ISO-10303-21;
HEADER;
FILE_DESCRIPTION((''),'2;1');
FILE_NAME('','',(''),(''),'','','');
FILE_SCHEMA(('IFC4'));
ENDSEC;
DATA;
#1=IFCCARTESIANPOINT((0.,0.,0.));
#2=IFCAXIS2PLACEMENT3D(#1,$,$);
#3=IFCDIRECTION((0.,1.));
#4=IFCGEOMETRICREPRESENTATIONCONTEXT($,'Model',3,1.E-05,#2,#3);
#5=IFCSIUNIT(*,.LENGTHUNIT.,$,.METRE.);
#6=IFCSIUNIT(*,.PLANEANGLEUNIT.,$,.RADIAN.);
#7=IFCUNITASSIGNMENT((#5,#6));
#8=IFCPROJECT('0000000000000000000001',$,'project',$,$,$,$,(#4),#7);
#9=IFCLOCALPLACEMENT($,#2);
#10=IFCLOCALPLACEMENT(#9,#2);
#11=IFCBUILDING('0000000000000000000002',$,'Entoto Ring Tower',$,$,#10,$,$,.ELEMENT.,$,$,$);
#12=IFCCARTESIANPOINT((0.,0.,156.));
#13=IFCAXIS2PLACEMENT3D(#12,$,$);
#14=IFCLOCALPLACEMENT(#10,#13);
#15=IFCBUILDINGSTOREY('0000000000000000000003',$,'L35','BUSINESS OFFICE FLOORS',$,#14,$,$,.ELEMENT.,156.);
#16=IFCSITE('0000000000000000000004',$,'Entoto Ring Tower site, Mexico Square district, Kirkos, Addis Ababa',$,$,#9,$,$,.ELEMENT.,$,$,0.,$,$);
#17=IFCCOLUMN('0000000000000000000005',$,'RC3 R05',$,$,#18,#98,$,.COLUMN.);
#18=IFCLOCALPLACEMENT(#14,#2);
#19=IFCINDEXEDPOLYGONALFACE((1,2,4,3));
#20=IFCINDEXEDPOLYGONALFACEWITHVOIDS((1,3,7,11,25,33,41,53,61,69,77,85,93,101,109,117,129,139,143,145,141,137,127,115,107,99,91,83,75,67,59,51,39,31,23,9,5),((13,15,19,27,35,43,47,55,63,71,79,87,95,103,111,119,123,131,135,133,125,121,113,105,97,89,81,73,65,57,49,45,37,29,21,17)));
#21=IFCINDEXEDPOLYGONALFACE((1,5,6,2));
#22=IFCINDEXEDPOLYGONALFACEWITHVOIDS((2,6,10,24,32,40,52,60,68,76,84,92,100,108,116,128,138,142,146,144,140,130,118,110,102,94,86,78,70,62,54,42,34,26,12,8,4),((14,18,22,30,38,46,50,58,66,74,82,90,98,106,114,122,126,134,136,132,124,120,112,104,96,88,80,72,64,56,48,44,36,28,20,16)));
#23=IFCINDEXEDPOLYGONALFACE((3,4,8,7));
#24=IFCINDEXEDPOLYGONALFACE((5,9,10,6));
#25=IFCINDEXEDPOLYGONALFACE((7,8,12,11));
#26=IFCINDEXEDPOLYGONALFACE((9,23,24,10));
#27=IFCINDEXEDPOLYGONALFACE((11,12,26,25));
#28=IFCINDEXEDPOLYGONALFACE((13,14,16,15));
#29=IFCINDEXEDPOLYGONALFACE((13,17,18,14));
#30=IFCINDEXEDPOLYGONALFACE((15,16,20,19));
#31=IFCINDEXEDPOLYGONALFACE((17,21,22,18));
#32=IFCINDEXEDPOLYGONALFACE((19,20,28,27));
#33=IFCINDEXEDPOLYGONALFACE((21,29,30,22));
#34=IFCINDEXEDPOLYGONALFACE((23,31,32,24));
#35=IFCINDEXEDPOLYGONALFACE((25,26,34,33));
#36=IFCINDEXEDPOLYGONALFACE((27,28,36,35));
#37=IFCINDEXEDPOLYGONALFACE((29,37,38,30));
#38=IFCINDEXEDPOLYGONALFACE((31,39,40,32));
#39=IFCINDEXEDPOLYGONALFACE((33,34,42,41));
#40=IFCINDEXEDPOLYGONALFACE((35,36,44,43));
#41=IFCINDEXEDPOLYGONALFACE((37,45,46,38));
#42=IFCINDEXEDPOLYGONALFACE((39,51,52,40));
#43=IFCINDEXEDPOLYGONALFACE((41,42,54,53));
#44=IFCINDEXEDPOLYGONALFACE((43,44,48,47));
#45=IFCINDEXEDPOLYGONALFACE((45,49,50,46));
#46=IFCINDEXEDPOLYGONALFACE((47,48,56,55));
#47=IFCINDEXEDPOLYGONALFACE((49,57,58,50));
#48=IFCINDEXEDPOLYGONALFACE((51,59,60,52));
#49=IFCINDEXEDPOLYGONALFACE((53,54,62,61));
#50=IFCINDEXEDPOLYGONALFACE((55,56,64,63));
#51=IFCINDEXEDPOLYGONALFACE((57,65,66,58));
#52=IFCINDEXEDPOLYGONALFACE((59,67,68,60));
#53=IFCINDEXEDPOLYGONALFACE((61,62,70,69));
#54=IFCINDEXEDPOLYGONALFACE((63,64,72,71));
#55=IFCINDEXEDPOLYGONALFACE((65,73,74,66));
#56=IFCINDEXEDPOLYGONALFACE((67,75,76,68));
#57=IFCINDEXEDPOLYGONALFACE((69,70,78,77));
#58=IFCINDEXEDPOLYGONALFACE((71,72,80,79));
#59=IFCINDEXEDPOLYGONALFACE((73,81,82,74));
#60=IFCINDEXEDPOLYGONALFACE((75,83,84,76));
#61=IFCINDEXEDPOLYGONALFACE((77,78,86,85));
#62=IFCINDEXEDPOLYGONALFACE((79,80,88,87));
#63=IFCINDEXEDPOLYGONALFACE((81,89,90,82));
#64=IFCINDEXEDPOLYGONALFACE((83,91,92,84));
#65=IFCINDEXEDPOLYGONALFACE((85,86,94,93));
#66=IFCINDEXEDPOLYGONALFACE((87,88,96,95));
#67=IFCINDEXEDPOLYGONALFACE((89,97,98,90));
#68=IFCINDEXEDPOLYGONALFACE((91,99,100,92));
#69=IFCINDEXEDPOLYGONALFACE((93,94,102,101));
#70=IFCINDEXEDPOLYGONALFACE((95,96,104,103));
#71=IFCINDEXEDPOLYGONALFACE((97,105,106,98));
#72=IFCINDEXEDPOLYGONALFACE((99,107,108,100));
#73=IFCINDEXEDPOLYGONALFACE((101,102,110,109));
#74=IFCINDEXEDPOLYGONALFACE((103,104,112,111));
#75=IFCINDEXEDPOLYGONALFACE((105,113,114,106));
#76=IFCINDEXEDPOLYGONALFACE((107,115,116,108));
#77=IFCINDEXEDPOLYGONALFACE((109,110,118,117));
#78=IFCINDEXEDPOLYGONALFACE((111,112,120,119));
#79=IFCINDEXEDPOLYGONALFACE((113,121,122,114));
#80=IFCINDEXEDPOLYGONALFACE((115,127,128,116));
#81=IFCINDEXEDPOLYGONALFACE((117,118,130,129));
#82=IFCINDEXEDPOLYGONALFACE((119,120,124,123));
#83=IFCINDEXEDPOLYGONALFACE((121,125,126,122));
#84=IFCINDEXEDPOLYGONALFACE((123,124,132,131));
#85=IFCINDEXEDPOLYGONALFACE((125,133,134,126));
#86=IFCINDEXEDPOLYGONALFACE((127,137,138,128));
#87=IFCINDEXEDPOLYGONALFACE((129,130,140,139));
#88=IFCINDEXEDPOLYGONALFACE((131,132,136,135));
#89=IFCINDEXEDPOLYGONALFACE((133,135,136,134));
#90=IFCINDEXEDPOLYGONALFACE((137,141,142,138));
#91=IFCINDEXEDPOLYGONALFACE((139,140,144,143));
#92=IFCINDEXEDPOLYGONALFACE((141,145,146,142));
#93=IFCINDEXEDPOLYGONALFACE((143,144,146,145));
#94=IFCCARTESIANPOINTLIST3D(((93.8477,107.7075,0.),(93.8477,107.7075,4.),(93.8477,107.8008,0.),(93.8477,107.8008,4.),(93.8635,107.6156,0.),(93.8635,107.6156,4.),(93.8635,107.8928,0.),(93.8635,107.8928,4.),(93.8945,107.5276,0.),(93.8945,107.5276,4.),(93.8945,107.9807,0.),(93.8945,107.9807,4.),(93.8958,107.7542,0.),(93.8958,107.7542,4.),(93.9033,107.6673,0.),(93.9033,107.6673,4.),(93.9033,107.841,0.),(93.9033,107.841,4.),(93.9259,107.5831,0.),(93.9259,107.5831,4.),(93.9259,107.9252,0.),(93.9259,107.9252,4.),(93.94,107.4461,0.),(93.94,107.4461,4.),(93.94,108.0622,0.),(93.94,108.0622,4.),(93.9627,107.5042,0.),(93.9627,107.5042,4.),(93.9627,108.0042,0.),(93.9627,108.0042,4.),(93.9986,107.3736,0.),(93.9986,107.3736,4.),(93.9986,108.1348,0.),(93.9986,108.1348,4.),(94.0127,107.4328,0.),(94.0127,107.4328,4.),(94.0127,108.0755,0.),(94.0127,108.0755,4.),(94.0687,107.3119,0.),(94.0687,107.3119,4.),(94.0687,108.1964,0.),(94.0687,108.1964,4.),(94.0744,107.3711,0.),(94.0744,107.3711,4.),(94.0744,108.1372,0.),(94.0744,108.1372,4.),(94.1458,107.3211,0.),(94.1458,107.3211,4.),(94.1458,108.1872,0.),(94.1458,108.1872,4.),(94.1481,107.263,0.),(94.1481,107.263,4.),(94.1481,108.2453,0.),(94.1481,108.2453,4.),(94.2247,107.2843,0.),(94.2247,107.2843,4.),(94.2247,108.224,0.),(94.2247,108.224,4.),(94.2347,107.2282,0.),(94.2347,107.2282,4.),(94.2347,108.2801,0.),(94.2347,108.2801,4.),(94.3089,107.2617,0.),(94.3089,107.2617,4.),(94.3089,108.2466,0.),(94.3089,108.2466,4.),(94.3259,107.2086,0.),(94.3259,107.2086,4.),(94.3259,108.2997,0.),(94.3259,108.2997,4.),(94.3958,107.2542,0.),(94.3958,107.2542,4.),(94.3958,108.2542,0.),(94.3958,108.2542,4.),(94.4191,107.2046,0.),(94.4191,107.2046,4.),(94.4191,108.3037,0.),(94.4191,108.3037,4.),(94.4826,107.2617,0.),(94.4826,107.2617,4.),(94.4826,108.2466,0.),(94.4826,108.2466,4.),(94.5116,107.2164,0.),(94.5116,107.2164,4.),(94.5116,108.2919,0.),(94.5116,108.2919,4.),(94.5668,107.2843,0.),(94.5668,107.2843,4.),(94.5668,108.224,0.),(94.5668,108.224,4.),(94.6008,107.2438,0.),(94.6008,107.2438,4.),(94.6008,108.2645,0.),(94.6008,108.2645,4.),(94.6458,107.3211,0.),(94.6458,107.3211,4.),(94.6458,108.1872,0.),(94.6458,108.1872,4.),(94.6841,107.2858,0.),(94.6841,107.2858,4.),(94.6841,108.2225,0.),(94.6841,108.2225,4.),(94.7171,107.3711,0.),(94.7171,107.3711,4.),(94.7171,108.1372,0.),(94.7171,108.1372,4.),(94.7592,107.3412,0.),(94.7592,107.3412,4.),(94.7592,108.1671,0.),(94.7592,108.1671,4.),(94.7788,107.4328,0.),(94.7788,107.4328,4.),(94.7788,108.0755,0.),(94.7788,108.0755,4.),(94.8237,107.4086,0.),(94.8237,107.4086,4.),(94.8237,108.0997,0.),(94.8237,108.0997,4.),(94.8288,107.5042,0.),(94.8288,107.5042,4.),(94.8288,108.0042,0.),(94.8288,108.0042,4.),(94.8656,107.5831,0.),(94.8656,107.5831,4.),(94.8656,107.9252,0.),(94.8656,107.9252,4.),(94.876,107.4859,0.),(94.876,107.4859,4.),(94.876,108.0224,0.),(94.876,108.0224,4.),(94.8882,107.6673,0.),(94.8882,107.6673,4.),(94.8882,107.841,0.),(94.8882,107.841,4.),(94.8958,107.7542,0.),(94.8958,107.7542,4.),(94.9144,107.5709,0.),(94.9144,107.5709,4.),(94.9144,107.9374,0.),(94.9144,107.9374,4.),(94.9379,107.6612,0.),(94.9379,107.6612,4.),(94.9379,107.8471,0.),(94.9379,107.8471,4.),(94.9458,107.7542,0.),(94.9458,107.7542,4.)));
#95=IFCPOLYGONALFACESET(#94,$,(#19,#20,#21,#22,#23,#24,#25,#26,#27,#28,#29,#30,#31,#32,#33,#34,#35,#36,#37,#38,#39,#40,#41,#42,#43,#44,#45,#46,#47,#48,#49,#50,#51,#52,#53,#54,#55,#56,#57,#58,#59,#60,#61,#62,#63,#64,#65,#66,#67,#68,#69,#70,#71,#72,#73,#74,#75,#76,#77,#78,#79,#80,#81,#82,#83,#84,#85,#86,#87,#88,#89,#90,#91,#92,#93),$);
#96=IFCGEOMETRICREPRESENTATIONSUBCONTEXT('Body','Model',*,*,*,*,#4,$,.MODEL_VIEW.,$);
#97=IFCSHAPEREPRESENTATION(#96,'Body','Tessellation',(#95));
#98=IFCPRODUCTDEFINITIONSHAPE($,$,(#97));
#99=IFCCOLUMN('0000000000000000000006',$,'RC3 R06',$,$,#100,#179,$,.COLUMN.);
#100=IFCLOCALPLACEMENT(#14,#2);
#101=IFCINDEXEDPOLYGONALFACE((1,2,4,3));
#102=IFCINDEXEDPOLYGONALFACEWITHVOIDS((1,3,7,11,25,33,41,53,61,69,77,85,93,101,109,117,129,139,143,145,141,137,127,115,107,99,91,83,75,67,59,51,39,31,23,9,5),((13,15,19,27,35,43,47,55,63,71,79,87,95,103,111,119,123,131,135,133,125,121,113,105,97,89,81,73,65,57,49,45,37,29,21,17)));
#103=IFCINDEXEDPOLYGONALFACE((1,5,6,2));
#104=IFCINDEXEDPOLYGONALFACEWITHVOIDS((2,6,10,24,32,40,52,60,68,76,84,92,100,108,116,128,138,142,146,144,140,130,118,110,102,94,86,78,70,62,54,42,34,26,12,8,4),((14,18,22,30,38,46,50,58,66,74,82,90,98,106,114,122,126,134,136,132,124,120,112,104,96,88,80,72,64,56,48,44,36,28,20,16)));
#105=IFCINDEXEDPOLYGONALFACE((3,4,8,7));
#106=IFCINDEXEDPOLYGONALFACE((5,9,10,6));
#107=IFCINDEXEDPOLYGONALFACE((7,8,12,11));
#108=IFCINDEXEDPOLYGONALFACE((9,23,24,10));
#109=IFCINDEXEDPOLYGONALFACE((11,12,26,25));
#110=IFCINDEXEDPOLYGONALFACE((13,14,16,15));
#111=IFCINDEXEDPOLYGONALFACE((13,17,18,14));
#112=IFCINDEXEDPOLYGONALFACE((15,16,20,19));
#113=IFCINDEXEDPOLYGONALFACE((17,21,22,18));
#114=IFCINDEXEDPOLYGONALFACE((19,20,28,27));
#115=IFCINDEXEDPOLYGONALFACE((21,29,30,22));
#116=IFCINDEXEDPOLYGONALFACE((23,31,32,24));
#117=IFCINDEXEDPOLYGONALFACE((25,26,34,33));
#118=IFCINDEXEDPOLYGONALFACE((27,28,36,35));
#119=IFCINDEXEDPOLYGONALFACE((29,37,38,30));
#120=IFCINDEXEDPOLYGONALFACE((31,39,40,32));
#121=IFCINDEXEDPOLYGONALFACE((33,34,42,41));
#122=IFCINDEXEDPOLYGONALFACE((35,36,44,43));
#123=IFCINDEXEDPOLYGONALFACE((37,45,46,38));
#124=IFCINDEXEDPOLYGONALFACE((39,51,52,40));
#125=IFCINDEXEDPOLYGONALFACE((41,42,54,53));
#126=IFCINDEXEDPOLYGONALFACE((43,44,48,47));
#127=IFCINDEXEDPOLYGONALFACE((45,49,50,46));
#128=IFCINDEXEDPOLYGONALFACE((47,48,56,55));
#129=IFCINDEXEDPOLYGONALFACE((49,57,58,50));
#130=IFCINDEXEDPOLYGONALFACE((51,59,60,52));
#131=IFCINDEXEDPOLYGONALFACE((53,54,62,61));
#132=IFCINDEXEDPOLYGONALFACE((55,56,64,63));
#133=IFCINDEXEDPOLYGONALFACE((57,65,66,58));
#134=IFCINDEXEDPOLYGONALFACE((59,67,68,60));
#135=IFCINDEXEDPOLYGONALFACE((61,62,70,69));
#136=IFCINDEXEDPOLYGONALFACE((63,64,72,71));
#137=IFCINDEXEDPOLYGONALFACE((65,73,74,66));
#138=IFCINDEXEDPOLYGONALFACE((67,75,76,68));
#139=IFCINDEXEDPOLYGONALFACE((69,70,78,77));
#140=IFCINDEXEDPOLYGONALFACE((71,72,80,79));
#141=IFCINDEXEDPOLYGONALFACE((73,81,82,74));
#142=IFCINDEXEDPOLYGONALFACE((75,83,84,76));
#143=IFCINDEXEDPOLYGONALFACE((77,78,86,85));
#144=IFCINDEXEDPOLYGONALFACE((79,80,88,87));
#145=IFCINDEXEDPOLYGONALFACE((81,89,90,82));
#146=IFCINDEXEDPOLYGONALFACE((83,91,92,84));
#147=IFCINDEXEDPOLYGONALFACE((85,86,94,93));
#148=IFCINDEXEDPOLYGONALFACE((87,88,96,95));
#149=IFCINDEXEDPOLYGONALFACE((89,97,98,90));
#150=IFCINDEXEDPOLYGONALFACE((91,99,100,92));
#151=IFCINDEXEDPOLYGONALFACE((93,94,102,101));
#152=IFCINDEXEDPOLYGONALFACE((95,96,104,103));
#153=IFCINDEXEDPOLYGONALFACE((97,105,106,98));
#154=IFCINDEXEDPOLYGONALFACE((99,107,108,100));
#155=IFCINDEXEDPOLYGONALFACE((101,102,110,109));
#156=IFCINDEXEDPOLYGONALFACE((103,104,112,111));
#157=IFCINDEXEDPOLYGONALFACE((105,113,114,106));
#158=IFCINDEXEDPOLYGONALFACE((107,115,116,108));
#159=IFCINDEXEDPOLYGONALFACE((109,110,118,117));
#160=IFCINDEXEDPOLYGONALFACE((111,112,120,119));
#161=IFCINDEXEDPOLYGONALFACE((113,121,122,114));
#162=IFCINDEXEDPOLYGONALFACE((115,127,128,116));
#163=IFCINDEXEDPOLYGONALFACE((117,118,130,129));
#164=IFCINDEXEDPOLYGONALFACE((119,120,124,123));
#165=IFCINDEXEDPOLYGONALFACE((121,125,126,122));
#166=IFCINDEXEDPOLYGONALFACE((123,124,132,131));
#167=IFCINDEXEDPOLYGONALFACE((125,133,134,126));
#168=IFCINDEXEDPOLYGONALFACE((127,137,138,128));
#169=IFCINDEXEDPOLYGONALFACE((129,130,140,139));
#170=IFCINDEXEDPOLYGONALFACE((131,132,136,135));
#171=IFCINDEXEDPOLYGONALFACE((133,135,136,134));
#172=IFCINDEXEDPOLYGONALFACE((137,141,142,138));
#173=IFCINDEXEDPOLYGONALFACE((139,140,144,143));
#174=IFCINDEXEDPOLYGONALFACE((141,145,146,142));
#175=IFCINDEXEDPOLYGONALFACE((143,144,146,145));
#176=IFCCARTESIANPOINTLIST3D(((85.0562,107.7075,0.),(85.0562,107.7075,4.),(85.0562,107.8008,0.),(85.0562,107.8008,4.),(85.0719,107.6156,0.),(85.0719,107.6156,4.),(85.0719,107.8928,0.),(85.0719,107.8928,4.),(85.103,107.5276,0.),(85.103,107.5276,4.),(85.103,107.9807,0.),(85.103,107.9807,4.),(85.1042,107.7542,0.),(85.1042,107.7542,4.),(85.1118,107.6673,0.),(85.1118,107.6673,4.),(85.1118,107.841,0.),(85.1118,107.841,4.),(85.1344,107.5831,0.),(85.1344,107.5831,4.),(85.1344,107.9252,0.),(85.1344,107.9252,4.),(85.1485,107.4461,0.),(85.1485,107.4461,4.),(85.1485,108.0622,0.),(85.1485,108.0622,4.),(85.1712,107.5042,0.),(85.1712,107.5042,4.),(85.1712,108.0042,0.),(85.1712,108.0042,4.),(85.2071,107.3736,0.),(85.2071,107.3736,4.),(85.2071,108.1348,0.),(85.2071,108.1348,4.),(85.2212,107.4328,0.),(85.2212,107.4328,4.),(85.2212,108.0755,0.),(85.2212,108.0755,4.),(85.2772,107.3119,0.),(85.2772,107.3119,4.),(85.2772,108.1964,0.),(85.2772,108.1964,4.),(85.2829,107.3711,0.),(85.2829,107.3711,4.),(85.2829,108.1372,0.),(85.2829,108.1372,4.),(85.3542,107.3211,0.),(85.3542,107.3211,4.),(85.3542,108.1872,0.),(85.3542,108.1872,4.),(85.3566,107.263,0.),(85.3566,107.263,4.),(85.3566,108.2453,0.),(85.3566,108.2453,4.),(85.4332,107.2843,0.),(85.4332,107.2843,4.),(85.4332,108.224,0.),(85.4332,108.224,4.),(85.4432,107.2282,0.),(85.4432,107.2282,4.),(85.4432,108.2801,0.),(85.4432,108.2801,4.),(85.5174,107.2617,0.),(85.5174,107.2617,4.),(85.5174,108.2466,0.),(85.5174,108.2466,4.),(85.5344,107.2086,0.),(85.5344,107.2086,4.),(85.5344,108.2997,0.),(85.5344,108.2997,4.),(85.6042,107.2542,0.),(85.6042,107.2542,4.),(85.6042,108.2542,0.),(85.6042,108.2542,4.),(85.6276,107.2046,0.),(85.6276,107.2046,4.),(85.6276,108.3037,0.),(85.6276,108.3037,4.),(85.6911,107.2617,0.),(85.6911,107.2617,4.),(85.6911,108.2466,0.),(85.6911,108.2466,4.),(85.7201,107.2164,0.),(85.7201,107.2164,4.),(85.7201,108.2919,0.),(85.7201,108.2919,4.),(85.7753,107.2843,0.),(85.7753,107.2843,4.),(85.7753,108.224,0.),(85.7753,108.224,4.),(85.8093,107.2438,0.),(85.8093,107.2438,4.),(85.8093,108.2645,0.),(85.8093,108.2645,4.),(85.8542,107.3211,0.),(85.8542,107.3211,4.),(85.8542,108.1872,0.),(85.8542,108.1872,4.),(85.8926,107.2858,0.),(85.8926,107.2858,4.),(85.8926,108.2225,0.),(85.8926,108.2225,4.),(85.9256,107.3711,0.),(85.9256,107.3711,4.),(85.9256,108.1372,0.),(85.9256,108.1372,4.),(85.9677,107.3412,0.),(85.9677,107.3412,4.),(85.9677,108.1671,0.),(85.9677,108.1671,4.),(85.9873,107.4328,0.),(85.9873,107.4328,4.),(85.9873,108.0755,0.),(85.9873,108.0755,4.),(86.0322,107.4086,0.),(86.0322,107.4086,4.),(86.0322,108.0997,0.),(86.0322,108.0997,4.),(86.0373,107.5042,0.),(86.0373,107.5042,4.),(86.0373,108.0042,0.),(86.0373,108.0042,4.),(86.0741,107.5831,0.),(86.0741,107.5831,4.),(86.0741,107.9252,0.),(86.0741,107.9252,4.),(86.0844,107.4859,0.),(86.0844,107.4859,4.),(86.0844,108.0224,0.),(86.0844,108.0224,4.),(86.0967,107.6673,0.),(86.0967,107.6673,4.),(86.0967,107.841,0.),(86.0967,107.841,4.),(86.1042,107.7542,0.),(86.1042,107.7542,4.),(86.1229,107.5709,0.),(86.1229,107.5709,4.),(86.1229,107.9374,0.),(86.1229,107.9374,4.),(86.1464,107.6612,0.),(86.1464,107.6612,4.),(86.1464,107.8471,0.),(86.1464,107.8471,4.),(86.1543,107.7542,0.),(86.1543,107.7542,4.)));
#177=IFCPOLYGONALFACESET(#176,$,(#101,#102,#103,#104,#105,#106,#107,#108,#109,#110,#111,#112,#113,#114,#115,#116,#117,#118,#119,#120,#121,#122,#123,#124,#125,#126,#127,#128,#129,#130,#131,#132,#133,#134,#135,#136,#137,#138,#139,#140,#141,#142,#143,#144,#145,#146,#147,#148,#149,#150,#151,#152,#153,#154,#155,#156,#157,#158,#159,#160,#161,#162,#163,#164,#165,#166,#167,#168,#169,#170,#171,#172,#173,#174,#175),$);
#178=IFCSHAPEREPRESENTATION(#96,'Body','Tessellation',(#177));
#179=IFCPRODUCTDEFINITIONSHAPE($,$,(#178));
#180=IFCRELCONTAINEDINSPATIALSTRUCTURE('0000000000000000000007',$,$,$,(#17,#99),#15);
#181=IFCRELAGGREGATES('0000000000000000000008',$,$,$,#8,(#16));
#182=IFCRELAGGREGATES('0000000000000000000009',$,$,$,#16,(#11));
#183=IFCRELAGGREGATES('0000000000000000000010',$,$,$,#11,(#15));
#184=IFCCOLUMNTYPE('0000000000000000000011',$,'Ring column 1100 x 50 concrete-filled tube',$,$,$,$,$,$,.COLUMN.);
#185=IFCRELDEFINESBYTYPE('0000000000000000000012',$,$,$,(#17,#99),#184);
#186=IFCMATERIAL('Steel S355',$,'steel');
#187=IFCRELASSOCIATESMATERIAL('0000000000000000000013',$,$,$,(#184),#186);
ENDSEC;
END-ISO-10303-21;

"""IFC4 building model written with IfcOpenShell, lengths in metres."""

from ifc_helpers import new_model, si_unit, direction, frame, origin, origin_2d, place, context, subcontext, project, spatial, circle, hollow_circle, extrude, material, material_profile, profile_set, type_object, element, save


model = new_model("IFC4")

# Units and contexts
model_context = context("Model", 3, precision=1e-05, world=origin(), true_north=direction((0.0, 1.0)))
body_context = subcontext(model_context, "Body", "Model", "MODEL_VIEW")
ifc_project = project(units=[si_unit("LENGTHUNIT", "METRE"), si_unit("PLANEANGLEUNIT", "RADIAN")], contexts=[model_context])

# Site, building, storey
site_placement = place(None, origin())
site = spatial("IfcSite", under=ifc_project, at=site_placement, Name="Entoto Ring Tower site, Mexico Square district, Kirkos, Addis Ababa", CompositionType="ELEMENT", RefElevation=0.0)
building_placement = place(site_placement, origin())
building = spatial("IfcBuilding", under=site, at=building_placement, Name="Entoto Ring Tower", CompositionType="ELEMENT")
storey_placement = place(building_placement, frame((0.0, 0.0, 156.0)))
storey = spatial("IfcBuildingStorey", under=building, at=storey_placement, Name="L35", Description="BUSINESS OFFICE FLOORS", CompositionType="ELEMENT", Elevation=156.0)

# Columns
ifc_material_1 = material(Name="Steel S355", Category="steel")
ifc_material_profile_1 = material_profile(ifc_material_1, hollow_circle(Radius=0.55, WallThickness=0.05, at=origin_2d()), Name="CHS 1100 x 50")
ifc_material_2 = material(Name="Concrete C60/75", Category="concrete")
ifc_material_profile_2 = material_profile(ifc_material_2, circle(Radius=0.5, at=origin_2d()), Name="Concrete C60/75 infill")
ifc_profile_set_1 = profile_set([ifc_material_profile_1, ifc_material_profile_2], Name="Steel S355")
column_type = type_object("IfcColumnType", Name="Ring column 1100 x 50 concrete-filled tube", PredefinedType="COLUMN", material=ifc_profile_set_1)
for number, where, z_axis, x_axis, name in (
    (1, (94.3958, 107.7542, 0.0), (0.0, 0.0, 1.0), (1.0, 0.0, 0.0), "RC3 R05"),
    (2, (85.6042, 107.7542, 0.0), (0.0, 0.0, 1.0), (1.0, 0.0, 0.0), "RC3 R06"),
):
    element("IfcColumn", number, at=place(storey_placement, frame(where, z_axis=z_axis, x_axis=x_axis)), inside=storey, type_object=column_type, Name=name, PredefinedType="COLUMN", context=body_context, shape_type="SweptSolid", body=[
        extrude(hollow_circle(Radius=0.55, WallThickness=0.05, at=origin_2d()), origin(), (0.0, 0.0, 1.0), 4.0),
    ])

save(model, "model.ifc")
